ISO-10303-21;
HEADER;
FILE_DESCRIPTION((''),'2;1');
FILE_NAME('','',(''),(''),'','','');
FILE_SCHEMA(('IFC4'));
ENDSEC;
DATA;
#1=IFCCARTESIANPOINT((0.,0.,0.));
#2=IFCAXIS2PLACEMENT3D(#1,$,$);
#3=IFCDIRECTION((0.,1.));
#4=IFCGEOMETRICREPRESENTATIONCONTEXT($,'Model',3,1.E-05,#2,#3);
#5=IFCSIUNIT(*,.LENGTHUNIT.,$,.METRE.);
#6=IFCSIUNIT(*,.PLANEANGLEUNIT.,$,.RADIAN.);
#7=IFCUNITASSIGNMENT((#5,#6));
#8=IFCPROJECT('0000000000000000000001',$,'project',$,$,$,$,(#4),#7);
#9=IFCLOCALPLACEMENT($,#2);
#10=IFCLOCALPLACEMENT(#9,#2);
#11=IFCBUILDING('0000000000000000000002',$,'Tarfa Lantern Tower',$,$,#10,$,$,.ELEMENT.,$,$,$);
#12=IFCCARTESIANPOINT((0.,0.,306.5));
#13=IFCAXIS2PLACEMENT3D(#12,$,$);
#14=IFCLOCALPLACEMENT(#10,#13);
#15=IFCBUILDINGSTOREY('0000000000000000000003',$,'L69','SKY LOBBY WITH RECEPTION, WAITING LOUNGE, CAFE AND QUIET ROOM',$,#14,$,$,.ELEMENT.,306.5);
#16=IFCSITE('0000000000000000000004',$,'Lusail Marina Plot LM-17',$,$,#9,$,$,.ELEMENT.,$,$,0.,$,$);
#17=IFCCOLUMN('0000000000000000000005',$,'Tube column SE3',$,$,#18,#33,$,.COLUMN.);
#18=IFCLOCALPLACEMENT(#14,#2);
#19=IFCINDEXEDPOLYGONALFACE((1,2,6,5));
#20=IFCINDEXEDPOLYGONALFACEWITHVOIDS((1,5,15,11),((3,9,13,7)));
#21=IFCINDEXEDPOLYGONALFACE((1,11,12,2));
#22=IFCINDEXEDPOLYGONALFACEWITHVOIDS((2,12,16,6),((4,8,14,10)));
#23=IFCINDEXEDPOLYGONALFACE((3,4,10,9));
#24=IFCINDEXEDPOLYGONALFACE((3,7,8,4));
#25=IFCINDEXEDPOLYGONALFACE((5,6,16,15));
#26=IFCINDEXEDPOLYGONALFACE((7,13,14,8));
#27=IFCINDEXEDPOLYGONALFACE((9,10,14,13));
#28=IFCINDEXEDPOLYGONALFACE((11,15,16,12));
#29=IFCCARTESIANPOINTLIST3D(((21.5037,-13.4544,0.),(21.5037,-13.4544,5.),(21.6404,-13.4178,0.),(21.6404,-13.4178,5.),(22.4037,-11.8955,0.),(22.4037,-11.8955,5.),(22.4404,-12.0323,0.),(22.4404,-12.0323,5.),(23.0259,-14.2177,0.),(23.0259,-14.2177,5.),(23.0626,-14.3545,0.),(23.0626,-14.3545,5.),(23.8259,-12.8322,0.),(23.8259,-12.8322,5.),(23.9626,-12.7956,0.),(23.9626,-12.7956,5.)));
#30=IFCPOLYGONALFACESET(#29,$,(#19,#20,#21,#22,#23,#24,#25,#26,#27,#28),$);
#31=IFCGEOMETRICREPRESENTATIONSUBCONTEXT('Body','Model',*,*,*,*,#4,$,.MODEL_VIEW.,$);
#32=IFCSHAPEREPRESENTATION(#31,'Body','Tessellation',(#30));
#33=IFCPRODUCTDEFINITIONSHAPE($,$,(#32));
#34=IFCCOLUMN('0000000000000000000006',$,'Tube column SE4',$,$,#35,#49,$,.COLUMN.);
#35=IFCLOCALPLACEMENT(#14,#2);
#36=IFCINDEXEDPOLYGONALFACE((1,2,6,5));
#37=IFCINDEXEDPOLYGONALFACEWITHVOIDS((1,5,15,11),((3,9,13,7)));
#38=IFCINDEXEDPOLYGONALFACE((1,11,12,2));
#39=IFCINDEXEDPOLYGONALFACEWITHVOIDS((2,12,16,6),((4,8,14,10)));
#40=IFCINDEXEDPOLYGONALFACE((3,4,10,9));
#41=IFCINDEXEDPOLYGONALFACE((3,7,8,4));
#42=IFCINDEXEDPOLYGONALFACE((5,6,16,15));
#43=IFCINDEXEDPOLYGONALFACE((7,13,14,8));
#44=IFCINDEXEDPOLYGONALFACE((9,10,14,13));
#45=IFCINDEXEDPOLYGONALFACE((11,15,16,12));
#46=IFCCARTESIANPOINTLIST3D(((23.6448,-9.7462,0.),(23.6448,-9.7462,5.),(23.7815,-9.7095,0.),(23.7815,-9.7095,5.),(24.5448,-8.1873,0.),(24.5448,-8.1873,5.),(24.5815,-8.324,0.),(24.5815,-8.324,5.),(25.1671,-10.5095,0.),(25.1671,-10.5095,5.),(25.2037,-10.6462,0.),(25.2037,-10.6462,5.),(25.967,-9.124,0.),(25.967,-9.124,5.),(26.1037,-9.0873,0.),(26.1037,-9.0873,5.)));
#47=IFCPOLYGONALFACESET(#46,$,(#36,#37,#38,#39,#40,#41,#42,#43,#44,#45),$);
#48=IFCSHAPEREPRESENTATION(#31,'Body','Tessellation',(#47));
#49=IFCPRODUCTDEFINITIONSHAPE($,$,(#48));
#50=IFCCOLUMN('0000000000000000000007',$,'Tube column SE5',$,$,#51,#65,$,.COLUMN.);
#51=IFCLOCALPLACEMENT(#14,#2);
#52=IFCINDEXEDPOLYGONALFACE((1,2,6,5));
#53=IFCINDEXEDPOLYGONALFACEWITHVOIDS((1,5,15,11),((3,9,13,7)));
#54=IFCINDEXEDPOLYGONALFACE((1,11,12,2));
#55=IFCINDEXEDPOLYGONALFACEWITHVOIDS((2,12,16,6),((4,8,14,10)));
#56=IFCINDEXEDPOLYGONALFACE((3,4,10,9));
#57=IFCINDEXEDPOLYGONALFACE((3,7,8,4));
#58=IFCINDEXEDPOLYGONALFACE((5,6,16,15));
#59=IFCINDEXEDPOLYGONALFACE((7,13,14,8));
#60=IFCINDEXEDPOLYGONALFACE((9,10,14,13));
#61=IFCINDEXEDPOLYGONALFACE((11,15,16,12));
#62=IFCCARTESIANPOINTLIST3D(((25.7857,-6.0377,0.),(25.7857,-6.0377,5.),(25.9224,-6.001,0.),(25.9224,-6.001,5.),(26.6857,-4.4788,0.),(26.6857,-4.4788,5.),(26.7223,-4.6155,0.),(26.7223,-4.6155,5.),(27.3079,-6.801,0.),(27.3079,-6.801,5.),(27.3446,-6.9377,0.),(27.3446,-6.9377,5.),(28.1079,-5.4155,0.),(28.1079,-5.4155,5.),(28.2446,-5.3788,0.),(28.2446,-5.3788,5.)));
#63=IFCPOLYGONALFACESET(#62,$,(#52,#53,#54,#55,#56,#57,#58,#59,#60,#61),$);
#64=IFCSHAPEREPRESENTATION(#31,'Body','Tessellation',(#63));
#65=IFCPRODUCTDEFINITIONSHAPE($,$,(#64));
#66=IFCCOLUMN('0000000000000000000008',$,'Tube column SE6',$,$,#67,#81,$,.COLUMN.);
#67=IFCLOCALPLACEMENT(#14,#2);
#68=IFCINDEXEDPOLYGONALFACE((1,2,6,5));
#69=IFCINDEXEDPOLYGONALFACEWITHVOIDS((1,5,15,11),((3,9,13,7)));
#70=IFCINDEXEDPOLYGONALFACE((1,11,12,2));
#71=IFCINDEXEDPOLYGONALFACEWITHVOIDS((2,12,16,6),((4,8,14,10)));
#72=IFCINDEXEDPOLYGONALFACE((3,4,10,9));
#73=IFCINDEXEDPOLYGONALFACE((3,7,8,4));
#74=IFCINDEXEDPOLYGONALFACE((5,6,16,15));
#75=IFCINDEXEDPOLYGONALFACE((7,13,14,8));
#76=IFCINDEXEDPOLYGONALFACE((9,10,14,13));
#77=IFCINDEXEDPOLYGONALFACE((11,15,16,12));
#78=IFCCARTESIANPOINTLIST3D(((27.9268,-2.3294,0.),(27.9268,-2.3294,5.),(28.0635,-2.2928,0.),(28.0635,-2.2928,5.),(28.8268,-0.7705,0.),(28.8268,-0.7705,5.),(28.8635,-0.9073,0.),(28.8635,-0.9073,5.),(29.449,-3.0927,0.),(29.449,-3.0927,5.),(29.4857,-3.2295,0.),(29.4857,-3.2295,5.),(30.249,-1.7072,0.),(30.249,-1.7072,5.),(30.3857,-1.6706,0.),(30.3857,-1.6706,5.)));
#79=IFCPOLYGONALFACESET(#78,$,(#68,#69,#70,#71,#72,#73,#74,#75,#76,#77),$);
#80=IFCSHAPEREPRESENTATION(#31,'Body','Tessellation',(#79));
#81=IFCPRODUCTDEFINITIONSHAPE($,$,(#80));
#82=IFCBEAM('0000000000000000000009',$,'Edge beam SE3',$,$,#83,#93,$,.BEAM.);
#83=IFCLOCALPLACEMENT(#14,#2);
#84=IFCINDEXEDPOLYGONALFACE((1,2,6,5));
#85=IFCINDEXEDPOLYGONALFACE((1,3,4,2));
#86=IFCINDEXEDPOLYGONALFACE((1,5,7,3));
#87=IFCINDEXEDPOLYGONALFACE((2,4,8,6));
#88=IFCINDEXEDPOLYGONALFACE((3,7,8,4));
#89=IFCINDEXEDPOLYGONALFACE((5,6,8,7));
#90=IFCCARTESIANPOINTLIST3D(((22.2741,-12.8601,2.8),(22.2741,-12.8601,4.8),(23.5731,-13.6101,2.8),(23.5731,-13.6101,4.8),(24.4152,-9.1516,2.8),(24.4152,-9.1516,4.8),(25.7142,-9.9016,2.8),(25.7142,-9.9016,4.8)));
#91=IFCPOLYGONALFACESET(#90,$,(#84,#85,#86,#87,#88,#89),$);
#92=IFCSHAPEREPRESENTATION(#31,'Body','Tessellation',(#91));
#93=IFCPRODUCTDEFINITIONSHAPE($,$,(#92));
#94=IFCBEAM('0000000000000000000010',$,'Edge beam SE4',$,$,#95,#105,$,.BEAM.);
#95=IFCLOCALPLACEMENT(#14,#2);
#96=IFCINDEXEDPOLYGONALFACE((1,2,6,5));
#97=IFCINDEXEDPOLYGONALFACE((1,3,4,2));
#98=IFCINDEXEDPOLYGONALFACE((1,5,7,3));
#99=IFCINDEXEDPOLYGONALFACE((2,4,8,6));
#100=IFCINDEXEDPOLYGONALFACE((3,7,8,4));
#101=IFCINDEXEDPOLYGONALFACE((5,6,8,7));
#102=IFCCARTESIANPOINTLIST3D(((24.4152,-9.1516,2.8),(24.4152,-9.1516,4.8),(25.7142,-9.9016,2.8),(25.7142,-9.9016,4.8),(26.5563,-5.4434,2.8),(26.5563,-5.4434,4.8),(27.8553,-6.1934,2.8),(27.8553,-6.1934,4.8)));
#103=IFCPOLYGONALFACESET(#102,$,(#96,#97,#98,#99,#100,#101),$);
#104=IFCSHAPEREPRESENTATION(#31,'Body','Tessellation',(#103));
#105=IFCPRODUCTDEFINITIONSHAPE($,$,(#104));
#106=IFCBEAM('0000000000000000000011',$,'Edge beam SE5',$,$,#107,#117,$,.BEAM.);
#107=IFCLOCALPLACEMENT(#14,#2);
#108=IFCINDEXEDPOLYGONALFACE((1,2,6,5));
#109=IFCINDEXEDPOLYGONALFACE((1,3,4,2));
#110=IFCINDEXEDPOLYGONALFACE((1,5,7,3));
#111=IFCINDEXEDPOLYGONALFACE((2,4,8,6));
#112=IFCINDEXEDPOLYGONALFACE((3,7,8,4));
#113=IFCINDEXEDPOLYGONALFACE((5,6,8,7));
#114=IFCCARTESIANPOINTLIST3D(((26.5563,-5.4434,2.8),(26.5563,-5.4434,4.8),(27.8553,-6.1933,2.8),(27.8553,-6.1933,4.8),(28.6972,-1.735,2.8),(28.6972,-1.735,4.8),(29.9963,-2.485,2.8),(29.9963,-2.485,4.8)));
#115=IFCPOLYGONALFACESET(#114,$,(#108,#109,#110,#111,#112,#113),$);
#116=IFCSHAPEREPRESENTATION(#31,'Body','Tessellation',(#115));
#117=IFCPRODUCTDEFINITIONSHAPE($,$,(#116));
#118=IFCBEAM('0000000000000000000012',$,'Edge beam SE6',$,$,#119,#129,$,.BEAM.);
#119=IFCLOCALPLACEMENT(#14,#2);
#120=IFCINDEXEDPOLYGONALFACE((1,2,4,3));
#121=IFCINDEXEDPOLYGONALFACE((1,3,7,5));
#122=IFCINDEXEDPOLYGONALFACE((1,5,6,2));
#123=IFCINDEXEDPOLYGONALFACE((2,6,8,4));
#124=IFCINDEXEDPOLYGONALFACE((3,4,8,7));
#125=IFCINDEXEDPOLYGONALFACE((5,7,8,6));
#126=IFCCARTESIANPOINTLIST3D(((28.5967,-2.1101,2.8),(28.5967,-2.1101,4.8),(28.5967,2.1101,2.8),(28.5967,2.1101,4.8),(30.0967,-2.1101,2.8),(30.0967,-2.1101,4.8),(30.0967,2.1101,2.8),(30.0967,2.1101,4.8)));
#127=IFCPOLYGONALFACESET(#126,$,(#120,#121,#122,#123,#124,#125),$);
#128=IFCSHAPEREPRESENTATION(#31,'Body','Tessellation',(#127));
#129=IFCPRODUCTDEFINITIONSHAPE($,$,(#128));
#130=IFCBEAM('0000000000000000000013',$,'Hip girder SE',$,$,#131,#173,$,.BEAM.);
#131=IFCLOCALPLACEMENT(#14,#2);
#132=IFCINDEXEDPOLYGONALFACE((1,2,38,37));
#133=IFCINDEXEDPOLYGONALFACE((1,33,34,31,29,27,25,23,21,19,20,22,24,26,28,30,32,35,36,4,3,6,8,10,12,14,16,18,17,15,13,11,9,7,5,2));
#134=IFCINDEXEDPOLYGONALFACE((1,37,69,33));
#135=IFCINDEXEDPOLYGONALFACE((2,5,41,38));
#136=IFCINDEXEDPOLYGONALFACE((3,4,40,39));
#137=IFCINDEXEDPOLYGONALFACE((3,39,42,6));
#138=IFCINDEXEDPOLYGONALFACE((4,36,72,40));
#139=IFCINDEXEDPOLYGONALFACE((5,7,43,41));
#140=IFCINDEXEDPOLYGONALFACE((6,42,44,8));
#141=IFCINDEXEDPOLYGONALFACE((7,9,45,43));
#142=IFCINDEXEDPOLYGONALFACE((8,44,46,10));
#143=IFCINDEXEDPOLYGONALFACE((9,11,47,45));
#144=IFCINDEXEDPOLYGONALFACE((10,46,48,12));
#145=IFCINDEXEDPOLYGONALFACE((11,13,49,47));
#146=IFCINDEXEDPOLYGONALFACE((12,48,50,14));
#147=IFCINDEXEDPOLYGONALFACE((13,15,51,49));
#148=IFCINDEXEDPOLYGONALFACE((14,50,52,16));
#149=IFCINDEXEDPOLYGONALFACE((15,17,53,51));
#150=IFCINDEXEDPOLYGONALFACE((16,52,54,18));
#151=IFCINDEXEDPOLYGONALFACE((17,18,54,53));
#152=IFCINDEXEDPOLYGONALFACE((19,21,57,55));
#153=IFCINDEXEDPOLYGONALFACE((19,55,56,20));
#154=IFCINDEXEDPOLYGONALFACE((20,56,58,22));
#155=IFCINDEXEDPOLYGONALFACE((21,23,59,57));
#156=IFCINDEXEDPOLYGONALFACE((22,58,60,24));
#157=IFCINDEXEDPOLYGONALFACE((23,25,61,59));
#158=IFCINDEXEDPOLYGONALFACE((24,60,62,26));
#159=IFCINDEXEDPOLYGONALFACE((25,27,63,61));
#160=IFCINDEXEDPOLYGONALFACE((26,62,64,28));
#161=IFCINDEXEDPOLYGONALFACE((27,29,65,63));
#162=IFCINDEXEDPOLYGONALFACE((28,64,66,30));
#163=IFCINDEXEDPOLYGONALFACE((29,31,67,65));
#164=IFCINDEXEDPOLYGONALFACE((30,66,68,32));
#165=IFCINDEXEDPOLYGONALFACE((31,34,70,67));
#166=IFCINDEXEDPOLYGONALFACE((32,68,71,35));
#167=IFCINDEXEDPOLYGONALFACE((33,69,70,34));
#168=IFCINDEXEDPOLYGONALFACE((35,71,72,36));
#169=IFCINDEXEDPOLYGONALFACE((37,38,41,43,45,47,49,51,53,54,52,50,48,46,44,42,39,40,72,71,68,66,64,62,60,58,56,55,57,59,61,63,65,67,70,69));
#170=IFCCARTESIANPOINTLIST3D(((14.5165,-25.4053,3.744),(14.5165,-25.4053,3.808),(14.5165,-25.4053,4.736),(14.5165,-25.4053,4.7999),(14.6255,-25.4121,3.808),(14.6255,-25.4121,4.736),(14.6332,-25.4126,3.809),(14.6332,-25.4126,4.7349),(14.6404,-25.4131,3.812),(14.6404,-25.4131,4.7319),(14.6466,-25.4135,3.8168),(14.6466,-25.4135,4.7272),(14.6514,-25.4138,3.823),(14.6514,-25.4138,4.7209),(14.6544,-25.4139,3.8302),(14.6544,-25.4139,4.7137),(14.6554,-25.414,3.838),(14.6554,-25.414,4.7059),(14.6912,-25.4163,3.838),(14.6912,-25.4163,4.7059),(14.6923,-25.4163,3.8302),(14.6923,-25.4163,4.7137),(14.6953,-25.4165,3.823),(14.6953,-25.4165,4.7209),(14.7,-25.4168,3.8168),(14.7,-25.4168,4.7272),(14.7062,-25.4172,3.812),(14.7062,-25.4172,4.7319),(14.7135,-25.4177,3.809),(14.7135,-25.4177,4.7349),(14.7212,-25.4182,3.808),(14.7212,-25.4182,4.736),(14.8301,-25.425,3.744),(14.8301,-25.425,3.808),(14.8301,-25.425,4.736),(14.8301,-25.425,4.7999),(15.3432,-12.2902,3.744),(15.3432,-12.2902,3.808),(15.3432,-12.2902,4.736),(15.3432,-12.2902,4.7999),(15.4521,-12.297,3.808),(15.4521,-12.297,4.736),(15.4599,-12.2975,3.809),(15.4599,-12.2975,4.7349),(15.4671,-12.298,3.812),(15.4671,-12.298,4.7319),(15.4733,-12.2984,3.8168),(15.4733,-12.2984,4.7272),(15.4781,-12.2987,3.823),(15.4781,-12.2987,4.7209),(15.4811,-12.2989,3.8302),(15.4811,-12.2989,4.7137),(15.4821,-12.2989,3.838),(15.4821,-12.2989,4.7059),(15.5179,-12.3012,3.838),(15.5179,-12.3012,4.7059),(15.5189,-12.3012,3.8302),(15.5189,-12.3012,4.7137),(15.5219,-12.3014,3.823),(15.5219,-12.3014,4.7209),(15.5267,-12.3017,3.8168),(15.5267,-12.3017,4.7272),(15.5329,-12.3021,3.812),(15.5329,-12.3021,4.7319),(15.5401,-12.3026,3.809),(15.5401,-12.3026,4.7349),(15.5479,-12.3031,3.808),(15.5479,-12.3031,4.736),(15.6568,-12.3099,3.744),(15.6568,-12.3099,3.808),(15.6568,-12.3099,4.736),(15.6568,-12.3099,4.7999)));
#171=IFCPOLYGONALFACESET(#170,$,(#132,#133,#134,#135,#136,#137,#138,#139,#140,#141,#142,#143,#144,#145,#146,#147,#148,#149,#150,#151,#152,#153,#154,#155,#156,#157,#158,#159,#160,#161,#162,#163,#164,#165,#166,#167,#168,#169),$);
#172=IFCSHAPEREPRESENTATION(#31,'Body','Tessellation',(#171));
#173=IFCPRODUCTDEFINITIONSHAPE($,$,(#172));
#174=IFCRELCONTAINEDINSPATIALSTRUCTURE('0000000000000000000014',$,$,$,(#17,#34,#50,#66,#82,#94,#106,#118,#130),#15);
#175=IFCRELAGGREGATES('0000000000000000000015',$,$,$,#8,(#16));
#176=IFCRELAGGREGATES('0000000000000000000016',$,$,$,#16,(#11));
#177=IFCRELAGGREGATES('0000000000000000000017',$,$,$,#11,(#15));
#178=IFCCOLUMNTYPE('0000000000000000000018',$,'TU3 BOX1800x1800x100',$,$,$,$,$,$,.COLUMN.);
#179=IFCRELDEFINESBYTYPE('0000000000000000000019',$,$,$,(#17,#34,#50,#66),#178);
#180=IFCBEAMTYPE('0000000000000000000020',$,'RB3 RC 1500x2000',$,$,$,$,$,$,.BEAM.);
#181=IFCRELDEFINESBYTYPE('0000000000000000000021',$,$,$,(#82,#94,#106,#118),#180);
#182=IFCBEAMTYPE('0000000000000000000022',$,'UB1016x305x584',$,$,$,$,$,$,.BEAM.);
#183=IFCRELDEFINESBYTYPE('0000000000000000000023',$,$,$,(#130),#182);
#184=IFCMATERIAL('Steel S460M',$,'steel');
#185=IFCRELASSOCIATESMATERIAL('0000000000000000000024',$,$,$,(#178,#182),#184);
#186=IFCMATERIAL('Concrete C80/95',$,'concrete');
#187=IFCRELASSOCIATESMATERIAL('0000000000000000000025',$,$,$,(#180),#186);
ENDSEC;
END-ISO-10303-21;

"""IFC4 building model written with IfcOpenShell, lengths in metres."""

from ifc_helpers import new_model, si_unit, direction, frame, origin, origin_2d, place, context, subcontext, project, spatial, rectangle, hollow_rectangle, i_section, extrude, material, material_profile, profile_set, type_object, element, save


model = new_model("IFC4")

# Units and contexts
model_context = context("Model", 3, precision=1e-05, world=origin(), true_north=direction((0.0, 1.0)))
body_context = subcontext(model_context, "Body", "Model", "MODEL_VIEW")
ifc_project = project(units=[si_unit("LENGTHUNIT", "METRE"), si_unit("PLANEANGLEUNIT", "RADIAN")], contexts=[model_context])

# Site, building, storey
site_placement = place(None, origin())
site = spatial("IfcSite", under=ifc_project, at=site_placement, Name="Lusail Marina Plot LM-17", CompositionType="ELEMENT", RefElevation=0.0)
building_placement = place(site_placement, origin())
building = spatial("IfcBuilding", under=site, at=building_placement, Name="Tarfa Lantern Tower", CompositionType="ELEMENT")
storey_placement = place(building_placement, frame((0.0, 0.0, 306.5)))
storey = spatial("IfcBuildingStorey", under=building, at=storey_placement, Name="L69", Description="SKY LOBBY WITH RECEPTION, WAITING LOUNGE, CAFE AND QUIET ROOM", CompositionType="ELEMENT", Elevation=306.5)

# Columns
ifc_material_1 = material(Name="Steel S460M", Category="steel")
ifc_material_profile_1 = material_profile(ifc_material_1, hollow_rectangle(XDim=1.8, YDim=1.8, WallThickness=0.1001, at=origin_2d()), Name="BOX1800x1800x100")
ifc_profile_set_1 = profile_set([ifc_material_profile_1], Name="Steel S460M")
column_type = type_object("IfcColumnType", Name="TU3 BOX1800x1800x100", PredefinedType="COLUMN", material=ifc_profile_set_1)
for number, where, z_axis, x_axis, name in (
    (1, (22.7332, -13.125, 0.0), (0.0, 0.0, 1.0), (0.5, 0.866025, 0.0), "Tube column SE3"),
    (2, (24.8743, -9.4167, 0.0), (0.0, 0.0, 1.0), (0.5, 0.866025, 0.0), "Tube column SE4"),
    (3, (27.0151, -5.7083, 0.0), (0.0, 0.0, 1.0), (0.5, 0.866025, 0.0), "Tube column SE5"),
    (4, (29.1562, -2.0, 0.0), (0.0, 0.0, 1.0), (0.5, 0.866025, 0.0), "Tube column SE6"),
):
    element("IfcColumn", number, at=place(storey_placement, frame(where, z_axis=z_axis, x_axis=x_axis)), inside=storey, type_object=column_type, Name=name, PredefinedType="COLUMN", context=body_context, shape_type="SweptSolid", body=[
        extrude(hollow_rectangle(XDim=1.8, YDim=1.8, WallThickness=0.1001, at=origin_2d()), origin(), (0.0, 0.0, 1.0), 5.0),
    ])

# Beams
ifc_material_2 = material(Name="Concrete C80/95", Category="concrete")
ifc_material_profile_2 = material_profile(ifc_material_2, rectangle(XDim=1.5, YDim=2.0, at=origin_2d()), Name="RC 1500x2000")
ifc_profile_set_2 = profile_set([ifc_material_profile_2], Name="Concrete C80/95")
beam_type_1 = type_object("IfcBeamType", Name="RB3 RC 1500x2000", PredefinedType="BEAM", material=ifc_profile_set_2)
beam_1_placement = place(storey_placement, frame((22.9236, -13.2351, 3.8), z_axis=(0.500002, 0.866024, 0.0), x_axis=(-0.866024, 0.500002, 0.0)))
element("IfcBeam", 5, at=beam_1_placement, inside=storey, type_object=beam_type_1, Name="Edge beam SE3", PredefinedType="BEAM", context=body_context, shape_type="SweptSolid", body=[
    extrude(rectangle(XDim=1.5, YDim=2.0, at=origin_2d()), origin(), (0.0, 0.0, 1.0), 4.2822),
])
for number, where, z_axis, x_axis, name in (
    (6, (25.0647, -9.5266, 3.8), (0.500027, 0.86601, 0.0), (-0.86601, 0.500027, 0.0), "Edge beam SE4"),
    (7, (27.2058, -5.8184, 3.8), (0.499984, 0.866035, 0.0), (-0.866035, 0.499984, 0.0), "Edge beam SE5"),
):
    element("IfcBeam", number, at=place(storey_placement, frame(where, z_axis=z_axis, x_axis=x_axis)), inside=storey, type_object=beam_type_1, Name=name, PredefinedType="BEAM", context=body_context, shape_type="SweptSolid", body=[
        extrude(rectangle(XDim=1.5, YDim=2.0, at=origin_2d()), origin(), (0.0, 0.0, 1.0), 4.282),
    ])
beam_2_placement = place(storey_placement, frame((29.3467, -2.1101, 3.8), z_axis=(0.0, 1.0, 0.0), x_axis=(-1.0, 0.0, 0.0)))
element("IfcBeam", 8, at=beam_2_placement, inside=storey, type_object=beam_type_1, Name="Edge beam SE6", PredefinedType="BEAM", context=body_context, shape_type="SweptSolid", body=[
    extrude(rectangle(XDim=1.5, YDim=2.0, at=origin_2d()), origin(), (0.0, 0.0, 1.0), 4.2202),
])
ifc_material_profile_3 = material_profile(ifc_material_1, i_section(OverallWidth=0.3142, OverallDepth=1.0559, WebThickness=0.0359, FlangeThickness=0.064, FilletRadius=0.03, at=origin_2d()), Name="UB1016x305x584")
ifc_profile_set_3 = profile_set([ifc_material_profile_3], Name="Steel S460M")
beam_type_2 = type_object("IfcBeamType", Name="UB1016x305x584", PredefinedType="BEAM", material=ifc_profile_set_3)
beam_3_placement = place(storey_placement, frame((15.5, -12.3, 4.272), z_axis=(-0.062907, -0.998019, 0.0), x_axis=(0.998019, -0.062907, 0.0)))
element("IfcBeam", 9, at=beam_3_placement, inside=storey, type_object=beam_type_2, Name="Hip girder SE", PredefinedType="BEAM", context=body_context, shape_type="SweptSolid", body=[
    extrude(i_section(OverallWidth=0.3142, OverallDepth=1.0559, WebThickness=0.0359, FlangeThickness=0.064, FilletRadius=0.03, at=origin_2d()), origin(), (0.0, 0.0, 1.0), 13.1411),
])

save(model, "model.ifc")
